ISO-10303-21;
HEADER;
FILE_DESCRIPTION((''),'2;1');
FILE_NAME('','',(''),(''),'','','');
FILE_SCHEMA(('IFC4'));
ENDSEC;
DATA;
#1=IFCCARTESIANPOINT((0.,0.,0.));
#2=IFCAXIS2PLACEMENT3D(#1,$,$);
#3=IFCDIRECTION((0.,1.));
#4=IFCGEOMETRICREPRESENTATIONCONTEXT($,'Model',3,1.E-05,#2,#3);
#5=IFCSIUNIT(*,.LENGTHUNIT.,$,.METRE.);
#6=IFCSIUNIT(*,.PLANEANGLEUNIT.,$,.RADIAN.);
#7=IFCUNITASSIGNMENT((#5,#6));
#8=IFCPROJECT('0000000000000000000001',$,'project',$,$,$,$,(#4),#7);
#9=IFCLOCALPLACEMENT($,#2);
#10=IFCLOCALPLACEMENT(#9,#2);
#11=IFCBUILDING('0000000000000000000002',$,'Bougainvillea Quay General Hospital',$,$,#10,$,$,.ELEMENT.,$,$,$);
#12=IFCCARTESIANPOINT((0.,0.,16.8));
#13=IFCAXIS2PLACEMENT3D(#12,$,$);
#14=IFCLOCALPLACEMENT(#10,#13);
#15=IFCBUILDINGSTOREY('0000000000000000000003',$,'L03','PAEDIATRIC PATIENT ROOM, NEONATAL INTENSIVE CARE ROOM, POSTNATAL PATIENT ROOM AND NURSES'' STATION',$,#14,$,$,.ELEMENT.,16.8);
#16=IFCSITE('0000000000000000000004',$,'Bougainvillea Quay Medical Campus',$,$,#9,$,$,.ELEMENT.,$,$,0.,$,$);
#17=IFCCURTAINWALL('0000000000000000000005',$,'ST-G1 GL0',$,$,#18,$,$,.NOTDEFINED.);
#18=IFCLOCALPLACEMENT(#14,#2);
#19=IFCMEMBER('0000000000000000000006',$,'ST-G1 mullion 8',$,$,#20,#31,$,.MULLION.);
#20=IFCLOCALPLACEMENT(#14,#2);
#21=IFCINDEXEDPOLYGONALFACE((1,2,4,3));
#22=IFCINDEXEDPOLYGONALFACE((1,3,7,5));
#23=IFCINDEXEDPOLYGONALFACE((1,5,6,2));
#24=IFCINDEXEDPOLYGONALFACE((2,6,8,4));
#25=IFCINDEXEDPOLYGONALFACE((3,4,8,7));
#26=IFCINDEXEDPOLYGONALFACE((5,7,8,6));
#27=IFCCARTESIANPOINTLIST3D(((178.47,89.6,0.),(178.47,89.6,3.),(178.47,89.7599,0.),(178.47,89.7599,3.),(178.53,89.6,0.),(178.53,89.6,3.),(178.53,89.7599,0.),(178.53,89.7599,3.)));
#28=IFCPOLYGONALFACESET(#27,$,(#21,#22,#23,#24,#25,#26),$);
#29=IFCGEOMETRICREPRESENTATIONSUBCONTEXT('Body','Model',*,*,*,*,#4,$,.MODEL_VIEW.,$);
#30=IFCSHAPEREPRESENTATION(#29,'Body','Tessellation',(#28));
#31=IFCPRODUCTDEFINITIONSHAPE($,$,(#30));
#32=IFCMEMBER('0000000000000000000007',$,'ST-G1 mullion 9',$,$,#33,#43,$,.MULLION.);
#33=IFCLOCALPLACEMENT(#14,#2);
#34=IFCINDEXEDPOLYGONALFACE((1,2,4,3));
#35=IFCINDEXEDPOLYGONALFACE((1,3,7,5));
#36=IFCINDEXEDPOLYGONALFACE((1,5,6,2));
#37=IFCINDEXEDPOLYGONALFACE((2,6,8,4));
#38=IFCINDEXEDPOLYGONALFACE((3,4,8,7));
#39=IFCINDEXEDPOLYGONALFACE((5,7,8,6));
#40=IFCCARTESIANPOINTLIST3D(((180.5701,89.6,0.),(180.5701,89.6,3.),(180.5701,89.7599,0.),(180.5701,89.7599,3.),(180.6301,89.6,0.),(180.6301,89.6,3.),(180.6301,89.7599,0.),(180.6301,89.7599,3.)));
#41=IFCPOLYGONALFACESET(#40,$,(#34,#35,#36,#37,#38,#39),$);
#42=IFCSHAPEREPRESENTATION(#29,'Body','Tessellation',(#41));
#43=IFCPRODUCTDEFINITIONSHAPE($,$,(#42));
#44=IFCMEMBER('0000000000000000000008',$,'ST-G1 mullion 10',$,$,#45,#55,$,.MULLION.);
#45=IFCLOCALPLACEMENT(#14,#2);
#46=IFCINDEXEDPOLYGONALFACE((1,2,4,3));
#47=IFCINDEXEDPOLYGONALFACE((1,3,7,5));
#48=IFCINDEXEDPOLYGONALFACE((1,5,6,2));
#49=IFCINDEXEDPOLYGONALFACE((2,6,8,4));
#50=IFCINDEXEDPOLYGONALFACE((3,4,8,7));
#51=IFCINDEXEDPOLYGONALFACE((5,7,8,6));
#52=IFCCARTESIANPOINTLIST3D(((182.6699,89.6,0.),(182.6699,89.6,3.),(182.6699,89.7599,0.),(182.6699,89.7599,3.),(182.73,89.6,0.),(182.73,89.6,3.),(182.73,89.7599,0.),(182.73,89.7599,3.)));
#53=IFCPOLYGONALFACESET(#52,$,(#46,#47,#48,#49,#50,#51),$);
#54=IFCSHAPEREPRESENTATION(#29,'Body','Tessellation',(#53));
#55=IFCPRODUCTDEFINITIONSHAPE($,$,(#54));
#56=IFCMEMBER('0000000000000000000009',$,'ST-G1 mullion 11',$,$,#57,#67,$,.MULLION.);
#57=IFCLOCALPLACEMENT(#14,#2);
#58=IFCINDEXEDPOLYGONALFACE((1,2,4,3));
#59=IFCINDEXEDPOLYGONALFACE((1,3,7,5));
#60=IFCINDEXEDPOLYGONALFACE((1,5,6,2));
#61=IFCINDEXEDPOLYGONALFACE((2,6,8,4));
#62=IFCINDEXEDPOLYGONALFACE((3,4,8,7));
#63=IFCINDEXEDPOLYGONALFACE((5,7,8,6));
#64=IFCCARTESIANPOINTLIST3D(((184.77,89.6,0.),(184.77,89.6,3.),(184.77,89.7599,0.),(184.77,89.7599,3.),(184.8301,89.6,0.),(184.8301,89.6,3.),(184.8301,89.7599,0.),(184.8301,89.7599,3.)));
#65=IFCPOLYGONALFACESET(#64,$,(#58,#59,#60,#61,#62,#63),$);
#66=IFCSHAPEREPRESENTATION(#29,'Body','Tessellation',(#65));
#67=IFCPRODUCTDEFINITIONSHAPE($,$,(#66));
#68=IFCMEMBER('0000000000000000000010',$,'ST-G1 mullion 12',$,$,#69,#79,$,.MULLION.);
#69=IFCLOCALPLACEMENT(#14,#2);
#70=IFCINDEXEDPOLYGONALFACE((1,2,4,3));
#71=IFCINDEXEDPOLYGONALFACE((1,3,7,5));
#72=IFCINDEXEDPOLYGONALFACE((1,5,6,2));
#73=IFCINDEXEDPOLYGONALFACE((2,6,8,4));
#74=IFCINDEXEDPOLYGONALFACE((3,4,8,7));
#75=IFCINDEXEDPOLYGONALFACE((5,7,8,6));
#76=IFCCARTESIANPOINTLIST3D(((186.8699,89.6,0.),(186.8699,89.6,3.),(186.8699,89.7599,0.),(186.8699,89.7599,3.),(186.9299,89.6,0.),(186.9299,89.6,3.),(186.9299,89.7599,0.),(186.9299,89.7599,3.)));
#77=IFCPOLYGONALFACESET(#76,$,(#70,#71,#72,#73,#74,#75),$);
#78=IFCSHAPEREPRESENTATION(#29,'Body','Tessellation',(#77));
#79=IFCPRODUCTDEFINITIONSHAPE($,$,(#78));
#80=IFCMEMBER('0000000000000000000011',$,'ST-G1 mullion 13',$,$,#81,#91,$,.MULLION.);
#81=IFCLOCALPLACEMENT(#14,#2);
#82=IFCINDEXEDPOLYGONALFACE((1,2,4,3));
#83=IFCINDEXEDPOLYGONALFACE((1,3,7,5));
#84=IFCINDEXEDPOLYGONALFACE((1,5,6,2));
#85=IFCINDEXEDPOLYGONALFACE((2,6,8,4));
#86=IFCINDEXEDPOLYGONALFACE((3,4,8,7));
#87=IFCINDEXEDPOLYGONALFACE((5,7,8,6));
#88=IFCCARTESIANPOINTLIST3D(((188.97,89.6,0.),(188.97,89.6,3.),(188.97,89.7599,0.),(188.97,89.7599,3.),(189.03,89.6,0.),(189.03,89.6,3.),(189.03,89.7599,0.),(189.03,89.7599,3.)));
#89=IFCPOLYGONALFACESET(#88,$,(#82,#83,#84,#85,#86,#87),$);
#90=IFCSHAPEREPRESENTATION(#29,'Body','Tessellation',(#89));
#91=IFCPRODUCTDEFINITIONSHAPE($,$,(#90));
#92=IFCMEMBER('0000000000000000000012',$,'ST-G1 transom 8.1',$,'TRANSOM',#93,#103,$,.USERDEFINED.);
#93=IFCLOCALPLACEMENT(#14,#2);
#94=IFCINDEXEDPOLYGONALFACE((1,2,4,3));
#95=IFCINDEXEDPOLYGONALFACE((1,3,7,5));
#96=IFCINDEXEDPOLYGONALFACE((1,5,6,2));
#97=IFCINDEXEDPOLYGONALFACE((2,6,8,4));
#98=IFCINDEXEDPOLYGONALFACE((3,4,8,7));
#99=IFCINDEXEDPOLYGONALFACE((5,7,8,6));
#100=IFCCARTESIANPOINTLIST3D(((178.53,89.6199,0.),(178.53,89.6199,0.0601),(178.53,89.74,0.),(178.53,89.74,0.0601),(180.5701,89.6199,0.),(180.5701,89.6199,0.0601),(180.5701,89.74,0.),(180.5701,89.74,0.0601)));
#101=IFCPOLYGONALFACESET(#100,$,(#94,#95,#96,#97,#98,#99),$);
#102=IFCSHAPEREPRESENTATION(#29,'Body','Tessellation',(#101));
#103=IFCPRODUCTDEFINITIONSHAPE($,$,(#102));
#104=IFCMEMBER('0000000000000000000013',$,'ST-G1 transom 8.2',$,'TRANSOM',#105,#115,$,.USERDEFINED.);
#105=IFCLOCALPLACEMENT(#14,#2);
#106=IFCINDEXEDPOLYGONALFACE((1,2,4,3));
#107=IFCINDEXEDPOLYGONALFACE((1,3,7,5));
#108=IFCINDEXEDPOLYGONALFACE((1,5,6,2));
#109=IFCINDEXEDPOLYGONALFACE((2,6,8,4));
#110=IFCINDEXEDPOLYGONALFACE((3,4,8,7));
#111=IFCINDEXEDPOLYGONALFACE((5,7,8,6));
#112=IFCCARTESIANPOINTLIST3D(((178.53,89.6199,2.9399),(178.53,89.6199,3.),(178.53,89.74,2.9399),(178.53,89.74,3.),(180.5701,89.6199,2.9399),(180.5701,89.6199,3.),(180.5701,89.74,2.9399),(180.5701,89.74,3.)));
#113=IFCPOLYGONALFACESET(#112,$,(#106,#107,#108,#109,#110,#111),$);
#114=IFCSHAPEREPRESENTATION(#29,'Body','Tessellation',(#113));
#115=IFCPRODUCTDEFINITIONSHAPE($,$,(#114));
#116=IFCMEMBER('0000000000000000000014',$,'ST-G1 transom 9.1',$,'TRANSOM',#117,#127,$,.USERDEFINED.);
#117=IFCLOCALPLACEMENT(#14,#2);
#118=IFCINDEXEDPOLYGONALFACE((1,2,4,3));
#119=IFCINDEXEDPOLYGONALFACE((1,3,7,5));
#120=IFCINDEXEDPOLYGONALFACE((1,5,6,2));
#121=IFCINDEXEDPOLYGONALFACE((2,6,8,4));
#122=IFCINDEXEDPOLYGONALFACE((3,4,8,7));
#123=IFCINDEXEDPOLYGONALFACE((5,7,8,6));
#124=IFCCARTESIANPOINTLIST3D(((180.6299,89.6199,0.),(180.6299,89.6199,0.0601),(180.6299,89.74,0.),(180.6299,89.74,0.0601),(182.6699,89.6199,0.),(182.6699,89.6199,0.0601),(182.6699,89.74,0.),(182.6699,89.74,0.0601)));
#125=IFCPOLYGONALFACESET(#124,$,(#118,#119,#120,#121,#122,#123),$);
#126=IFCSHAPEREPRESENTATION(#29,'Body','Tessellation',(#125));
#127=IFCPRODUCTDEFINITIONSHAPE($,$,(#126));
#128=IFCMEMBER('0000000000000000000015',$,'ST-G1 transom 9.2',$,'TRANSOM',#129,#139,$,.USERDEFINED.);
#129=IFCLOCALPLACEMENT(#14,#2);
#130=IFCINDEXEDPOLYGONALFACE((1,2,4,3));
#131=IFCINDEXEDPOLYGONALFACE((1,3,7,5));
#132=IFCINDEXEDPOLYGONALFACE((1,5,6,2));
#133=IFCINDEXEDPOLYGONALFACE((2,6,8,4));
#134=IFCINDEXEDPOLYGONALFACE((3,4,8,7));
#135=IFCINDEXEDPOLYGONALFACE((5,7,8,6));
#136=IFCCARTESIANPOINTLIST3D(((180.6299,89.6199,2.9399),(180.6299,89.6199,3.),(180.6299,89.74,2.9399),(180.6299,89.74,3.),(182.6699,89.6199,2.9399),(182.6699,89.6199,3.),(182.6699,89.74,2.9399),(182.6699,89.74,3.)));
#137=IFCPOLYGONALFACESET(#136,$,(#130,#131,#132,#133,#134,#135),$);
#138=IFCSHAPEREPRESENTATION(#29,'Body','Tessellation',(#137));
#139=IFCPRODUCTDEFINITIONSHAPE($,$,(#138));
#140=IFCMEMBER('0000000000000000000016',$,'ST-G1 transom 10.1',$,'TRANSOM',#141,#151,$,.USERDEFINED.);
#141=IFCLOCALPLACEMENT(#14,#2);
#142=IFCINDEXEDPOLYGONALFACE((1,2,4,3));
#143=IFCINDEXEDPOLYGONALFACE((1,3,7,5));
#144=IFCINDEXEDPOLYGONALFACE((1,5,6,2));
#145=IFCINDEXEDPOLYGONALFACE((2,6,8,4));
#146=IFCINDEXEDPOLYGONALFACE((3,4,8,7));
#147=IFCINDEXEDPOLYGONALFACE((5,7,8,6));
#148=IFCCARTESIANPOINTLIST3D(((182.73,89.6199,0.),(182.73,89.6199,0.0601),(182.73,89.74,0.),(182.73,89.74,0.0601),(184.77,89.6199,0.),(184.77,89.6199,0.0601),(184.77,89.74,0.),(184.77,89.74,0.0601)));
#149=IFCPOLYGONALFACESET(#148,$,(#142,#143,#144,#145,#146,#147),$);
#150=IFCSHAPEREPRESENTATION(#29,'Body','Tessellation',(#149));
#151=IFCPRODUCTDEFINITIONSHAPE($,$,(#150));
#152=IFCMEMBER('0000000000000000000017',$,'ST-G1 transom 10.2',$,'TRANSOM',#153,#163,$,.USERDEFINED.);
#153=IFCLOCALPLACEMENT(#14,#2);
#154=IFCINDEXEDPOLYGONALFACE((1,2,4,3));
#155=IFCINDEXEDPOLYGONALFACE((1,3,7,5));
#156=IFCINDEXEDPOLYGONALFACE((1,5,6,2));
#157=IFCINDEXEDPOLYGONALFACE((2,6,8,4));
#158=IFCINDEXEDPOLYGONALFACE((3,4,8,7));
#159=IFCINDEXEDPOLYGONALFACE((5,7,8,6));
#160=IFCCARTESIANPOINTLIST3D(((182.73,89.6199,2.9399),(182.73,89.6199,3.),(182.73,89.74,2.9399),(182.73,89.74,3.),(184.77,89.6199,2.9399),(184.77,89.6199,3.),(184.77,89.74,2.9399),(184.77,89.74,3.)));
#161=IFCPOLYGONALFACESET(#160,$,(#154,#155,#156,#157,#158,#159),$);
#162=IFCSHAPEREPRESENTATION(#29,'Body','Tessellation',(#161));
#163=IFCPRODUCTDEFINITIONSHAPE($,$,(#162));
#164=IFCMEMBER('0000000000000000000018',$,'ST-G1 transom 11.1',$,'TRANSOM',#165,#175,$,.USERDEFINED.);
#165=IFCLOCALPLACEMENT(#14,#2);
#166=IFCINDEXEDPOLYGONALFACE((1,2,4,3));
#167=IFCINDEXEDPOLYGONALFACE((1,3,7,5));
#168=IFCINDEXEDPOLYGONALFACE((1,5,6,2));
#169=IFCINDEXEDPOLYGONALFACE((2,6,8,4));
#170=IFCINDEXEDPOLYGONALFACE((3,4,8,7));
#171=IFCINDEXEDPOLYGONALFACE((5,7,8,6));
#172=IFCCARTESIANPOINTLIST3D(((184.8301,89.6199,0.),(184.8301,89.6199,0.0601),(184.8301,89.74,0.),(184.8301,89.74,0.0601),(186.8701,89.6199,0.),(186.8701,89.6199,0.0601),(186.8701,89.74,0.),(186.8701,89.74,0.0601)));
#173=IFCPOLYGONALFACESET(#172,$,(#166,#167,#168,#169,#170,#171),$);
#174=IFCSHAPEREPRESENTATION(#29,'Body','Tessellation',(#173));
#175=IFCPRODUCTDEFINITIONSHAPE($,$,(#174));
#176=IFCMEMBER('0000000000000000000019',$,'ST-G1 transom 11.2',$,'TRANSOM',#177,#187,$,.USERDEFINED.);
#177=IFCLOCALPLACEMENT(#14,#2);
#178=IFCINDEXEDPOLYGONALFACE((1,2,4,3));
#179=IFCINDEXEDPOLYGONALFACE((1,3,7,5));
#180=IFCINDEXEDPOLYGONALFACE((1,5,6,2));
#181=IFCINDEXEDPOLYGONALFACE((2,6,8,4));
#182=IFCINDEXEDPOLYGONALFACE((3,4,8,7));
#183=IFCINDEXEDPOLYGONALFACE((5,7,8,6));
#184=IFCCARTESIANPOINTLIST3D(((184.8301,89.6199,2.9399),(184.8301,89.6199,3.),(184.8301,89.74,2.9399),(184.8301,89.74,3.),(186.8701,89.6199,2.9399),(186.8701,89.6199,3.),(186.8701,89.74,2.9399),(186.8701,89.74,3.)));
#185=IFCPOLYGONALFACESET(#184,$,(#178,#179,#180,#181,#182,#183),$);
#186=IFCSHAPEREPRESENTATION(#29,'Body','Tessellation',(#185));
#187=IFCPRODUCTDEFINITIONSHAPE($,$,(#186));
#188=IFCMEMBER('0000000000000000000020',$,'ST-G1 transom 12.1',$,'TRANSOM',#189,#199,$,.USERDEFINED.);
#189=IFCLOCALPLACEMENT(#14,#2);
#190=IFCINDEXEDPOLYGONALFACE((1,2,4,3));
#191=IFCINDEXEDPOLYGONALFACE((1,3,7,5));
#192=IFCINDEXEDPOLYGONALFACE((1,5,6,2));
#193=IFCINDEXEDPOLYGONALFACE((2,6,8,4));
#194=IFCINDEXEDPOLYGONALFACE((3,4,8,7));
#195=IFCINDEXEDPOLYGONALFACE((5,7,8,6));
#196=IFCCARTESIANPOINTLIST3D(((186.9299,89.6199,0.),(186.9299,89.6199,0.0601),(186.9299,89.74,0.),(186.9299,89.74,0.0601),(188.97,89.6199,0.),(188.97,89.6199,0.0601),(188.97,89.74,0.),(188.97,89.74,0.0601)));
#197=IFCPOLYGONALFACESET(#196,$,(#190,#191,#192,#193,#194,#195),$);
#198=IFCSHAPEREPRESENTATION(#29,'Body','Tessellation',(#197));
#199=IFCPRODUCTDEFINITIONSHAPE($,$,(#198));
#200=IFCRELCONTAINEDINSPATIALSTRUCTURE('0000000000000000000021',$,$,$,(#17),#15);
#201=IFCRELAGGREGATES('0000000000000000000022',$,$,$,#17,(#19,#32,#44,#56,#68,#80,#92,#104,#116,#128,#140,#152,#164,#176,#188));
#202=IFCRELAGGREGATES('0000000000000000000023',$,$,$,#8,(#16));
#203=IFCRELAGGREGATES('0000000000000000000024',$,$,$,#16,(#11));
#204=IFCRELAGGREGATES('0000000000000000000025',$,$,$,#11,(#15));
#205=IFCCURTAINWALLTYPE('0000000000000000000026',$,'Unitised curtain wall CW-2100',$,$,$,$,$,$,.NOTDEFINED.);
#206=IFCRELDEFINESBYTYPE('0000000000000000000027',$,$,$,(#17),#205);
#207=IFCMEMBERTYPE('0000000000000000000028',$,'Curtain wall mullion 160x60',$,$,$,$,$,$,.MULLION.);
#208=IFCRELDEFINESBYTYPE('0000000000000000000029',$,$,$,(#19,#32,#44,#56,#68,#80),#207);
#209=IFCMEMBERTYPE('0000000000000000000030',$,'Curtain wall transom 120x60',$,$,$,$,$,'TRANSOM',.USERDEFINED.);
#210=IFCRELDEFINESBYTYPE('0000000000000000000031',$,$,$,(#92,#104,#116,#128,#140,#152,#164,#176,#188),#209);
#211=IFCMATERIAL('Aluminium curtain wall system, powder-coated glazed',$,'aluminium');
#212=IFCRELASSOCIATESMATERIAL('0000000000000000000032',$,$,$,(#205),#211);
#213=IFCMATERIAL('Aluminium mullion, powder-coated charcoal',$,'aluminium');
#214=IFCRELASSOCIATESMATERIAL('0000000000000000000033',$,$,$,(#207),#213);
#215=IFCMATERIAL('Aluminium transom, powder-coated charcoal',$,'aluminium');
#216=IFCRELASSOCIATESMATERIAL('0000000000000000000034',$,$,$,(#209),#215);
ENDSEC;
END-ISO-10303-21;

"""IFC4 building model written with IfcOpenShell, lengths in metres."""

from ifc_helpers import new_model, si_unit, direction, frame, origin, origin_2d, place, context, subcontext, project, spatial, rectangle, extrude, material, material_profile, profile_set, type_object, element, aggregate, save


model = new_model("IFC4")

# Units and contexts
model_context = context("Model", 3, precision=1e-05, world=origin(), true_north=direction((0.0, 1.0)))
body_context = subcontext(model_context, "Body", "Model", "MODEL_VIEW")
ifc_project = project(units=[si_unit("LENGTHUNIT", "METRE"), si_unit("PLANEANGLEUNIT", "RADIAN")], contexts=[model_context])

# Site, building, storey
site_placement = place(None, origin())
site = spatial("IfcSite", under=ifc_project, at=site_placement, Name="Bougainvillea Quay Medical Campus", CompositionType="ELEMENT", RefElevation=0.0)
building_placement = place(site_placement, origin())
building = spatial("IfcBuilding", under=site, at=building_placement, Name="Bougainvillea Quay General Hospital", CompositionType="ELEMENT")
storey_placement = place(building_placement, frame((0.0, 0.0, 16.8)))
storey = spatial("IfcBuildingStorey", under=building, at=storey_placement, Name="L03", Description="PAEDIATRIC PATIENT ROOM, NEONATAL INTENSIVE CARE ROOM, POSTNATAL PATIENT ROOM AND NURSES' STATION", CompositionType="ELEMENT", Elevation=16.8)

# Curtain wall, members
ifc_material_1 = material(Name="Aluminium curtain wall system, powder-coated glazed", Category="aluminium")
curtain_wall_type = type_object("IfcCurtainWallType", Name="Unitised curtain wall CW-2100", PredefinedType="NOTDEFINED", material=ifc_material_1)
curtain_wall_placement = place(storey_placement, origin())
curtain_wall = element("IfcCurtainWall", 1, at=curtain_wall_placement, inside=storey, type_object=curtain_wall_type, Name="ST-G1 GL0", PredefinedType="NOTDEFINED")
ifc_material_2 = material(Name="Aluminium mullion, powder-coated charcoal", Category="aluminium")
ifc_material_profile_1 = material_profile(ifc_material_2, rectangle(XDim=0.1599, YDim=0.0601, at=origin_2d()))
ifc_profile_set_1 = profile_set([ifc_material_profile_1], Name="Aluminium mullion, powder-coated charcoal")
member_type_1 = type_object("IfcMemberType", Name="Curtain wall mullion 160x60", PredefinedType="MULLION", material=ifc_profile_set_1)
member_1_placement = place(storey_placement, frame((178.5, 89.6799, 0.0), z_axis=(0.0, 0.0, 1.0), x_axis=(0.0, 1.0, 0.0)))
member_1 = element("IfcMember", 2, at=member_1_placement, type_object=member_type_1, Name="ST-G1 mullion 8", PredefinedType="MULLION", context=body_context, shape_type="SweptSolid", body=[
    extrude(rectangle(XDim=0.1599, YDim=0.0601, at=origin_2d()), origin(), (0.0, 0.0, 1.0), 3.0),
])
member_2_placement = place(storey_placement, frame((180.6001, 89.6799, 0.0), z_axis=(0.0, 0.0, 1.0), x_axis=(0.0, 1.0, 0.0)))
member_2 = element("IfcMember", 3, at=member_2_placement, type_object=member_type_1, Name="ST-G1 mullion 9", PredefinedType="MULLION", context=body_context, shape_type="SweptSolid", body=[
    extrude(rectangle(XDim=0.1599, YDim=0.0601, at=origin_2d()), origin(), (0.0, 0.0, 1.0), 3.0),
])
member_3_placement = place(storey_placement, frame((182.7, 89.6799, 0.0), z_axis=(0.0, 0.0, 1.0), x_axis=(0.0, 1.0, 0.0)))
member_3 = element("IfcMember", 4, at=member_3_placement, type_object=member_type_1, Name="ST-G1 mullion 10", PredefinedType="MULLION", context=body_context, shape_type="SweptSolid", body=[
    extrude(rectangle(XDim=0.1599, YDim=0.0601, at=origin_2d()), origin(), (0.0, 0.0, 1.0), 3.0),
])
member_4_placement = place(storey_placement, frame((184.8, 89.6799, 0.0), z_axis=(0.0, 0.0, 1.0), x_axis=(0.0, 1.0, 0.0)))
member_4 = element("IfcMember", 5, at=member_4_placement, type_object=member_type_1, Name="ST-G1 mullion 11", PredefinedType="MULLION", context=body_context, shape_type="SweptSolid", body=[
    extrude(rectangle(XDim=0.1599, YDim=0.0601, at=origin_2d()), origin(), (0.0, 0.0, 1.0), 3.0),
])
member_5_placement = place(storey_placement, frame((186.8999, 89.6799, 0.0), z_axis=(0.0, 0.0, 1.0), x_axis=(0.0, 1.0, 0.0)))
member_5 = element("IfcMember", 6, at=member_5_placement, type_object=member_type_1, Name="ST-G1 mullion 12", PredefinedType="MULLION", context=body_context, shape_type="SweptSolid", body=[
    extrude(rectangle(XDim=0.1599, YDim=0.0601, at=origin_2d()), origin(), (0.0, 0.0, 1.0), 3.0),
])
member_6_placement = place(storey_placement, frame((189.0, 89.6799, 0.0), z_axis=(0.0, 0.0, 1.0), x_axis=(0.0, 1.0, 0.0)))
member_6 = element("IfcMember", 7, at=member_6_placement, type_object=member_type_1, Name="ST-G1 mullion 13", PredefinedType="MULLION", context=body_context, shape_type="SweptSolid", body=[
    extrude(rectangle(XDim=0.1599, YDim=0.0601, at=origin_2d()), origin(), (0.0, 0.0, 1.0), 3.0),
])
ifc_material_3 = material(Name="Aluminium transom, powder-coated charcoal", Category="aluminium")
ifc_material_profile_2 = material_profile(ifc_material_3, rectangle(XDim=0.1201, YDim=0.0601, at=origin_2d()))
ifc_profile_set_2 = profile_set([ifc_material_profile_2], Name="Aluminium transom, powder-coated charcoal")
member_type_2 = type_object("IfcMemberType", Name="Curtain wall transom 120x60", ElementType="TRANSOM", PredefinedType="USERDEFINED", material=ifc_profile_set_2)
member_7_placement = place(storey_placement, frame((178.53, 89.6799, 0.03), z_axis=(1.0, 0.0, 0.0), x_axis=(0.0, 1.0, 0.0)))
member_7 = element("IfcMember", 8, at=member_7_placement, type_object=member_type_2, Name="ST-G1 transom 8.1", ObjectType="TRANSOM", PredefinedType="USERDEFINED", context=body_context, shape_type="SweptSolid", body=[
    extrude(rectangle(XDim=0.1201, YDim=0.0601, at=origin_2d()), origin(), (0.0, 0.0, 1.0), 2.04),
])
member_8_placement = place(storey_placement, frame((178.53, 89.6799, 2.97), z_axis=(1.0, 0.0, 0.0), x_axis=(0.0, 1.0, 0.0)))
member_8 = element("IfcMember", 9, at=member_8_placement, type_object=member_type_2, Name="ST-G1 transom 8.2", ObjectType="TRANSOM", PredefinedType="USERDEFINED", context=body_context, shape_type="SweptSolid", body=[
    extrude(rectangle(XDim=0.1201, YDim=0.0601, at=origin_2d()), origin(), (0.0, 0.0, 1.0), 2.04),
])
member_9_placement = place(storey_placement, frame((180.6299, 89.6799, 0.03), z_axis=(1.0, 0.0, 0.0), x_axis=(0.0, 1.0, 0.0)))
member_9 = element("IfcMember", 10, at=member_9_placement, type_object=member_type_2, Name="ST-G1 transom 9.1", ObjectType="TRANSOM", PredefinedType="USERDEFINED", context=body_context, shape_type="SweptSolid", body=[
    extrude(rectangle(XDim=0.1201, YDim=0.0601, at=origin_2d()), origin(), (0.0, 0.0, 1.0), 2.04),
])
member_10_placement = place(storey_placement, frame((180.6299, 89.6799, 2.97), z_axis=(1.0, 0.0, 0.0), x_axis=(0.0, 1.0, 0.0)))
member_10 = element("IfcMember", 11, at=member_10_placement, type_object=member_type_2, Name="ST-G1 transom 9.2", ObjectType="TRANSOM", PredefinedType="USERDEFINED", context=body_context, shape_type="SweptSolid", body=[
    extrude(rectangle(XDim=0.1201, YDim=0.0601, at=origin_2d()), origin(), (0.0, 0.0, 1.0), 2.04),
])
member_11_placement = place(storey_placement, frame((182.73, 89.6799, 0.03), z_axis=(1.0, 0.0, 0.0), x_axis=(0.0, 1.0, 0.0)))
member_11 = element("IfcMember", 12, at=member_11_placement, type_object=member_type_2, Name="ST-G1 transom 10.1", ObjectType="TRANSOM", PredefinedType="USERDEFINED", context=body_context, shape_type="SweptSolid", body=[
    extrude(rectangle(XDim=0.1201, YDim=0.0601, at=origin_2d()), origin(), (0.0, 0.0, 1.0), 2.04),
])
member_12_placement = place(storey_placement, frame((182.73, 89.6799, 2.97), z_axis=(1.0, 0.0, 0.0), x_axis=(0.0, 1.0, 0.0)))
member_12 = element("IfcMember", 13, at=member_12_placement, type_object=member_type_2, Name="ST-G1 transom 10.2", ObjectType="TRANSOM", PredefinedType="USERDEFINED", context=body_context, shape_type="SweptSolid", body=[
    extrude(rectangle(XDim=0.1201, YDim=0.0601, at=origin_2d()), origin(), (0.0, 0.0, 1.0), 2.04),
])
member_13_placement = place(storey_placement, frame((184.8301, 89.6799, 0.03), z_axis=(1.0, 0.0, 0.0), x_axis=(0.0, 1.0, 0.0)))
member_13 = element("IfcMember", 14, at=member_13_placement, type_object=member_type_2, Name="ST-G1 transom 11.1", ObjectType="TRANSOM", PredefinedType="USERDEFINED", context=body_context, shape_type="SweptSolid", body=[
    extrude(rectangle(XDim=0.1201, YDim=0.0601, at=origin_2d()), origin(), (0.0, 0.0, 1.0), 2.04),
])
member_14_placement = place(storey_placement, frame((184.8301, 89.6799, 2.97), z_axis=(1.0, 0.0, 0.0), x_axis=(0.0, 1.0, 0.0)))
member_14 = element("IfcMember", 15, at=member_14_placement, type_object=member_type_2, Name="ST-G1 transom 11.2", ObjectType="TRANSOM", PredefinedType="USERDEFINED", context=body_context, shape_type="SweptSolid", body=[
    extrude(rectangle(XDim=0.1201, YDim=0.0601, at=origin_2d()), origin(), (0.0, 0.0, 1.0), 2.04),
])
member_15_placement = place(storey_placement, frame((186.9299, 89.6799, 0.03), z_axis=(1.0, 0.0, 0.0), x_axis=(0.0, 1.0, 0.0)))
member_15 = element("IfcMember", 16, at=member_15_placement, type_object=member_type_2, Name="ST-G1 transom 12.1", ObjectType="TRANSOM", PredefinedType="USERDEFINED", context=body_context, shape_type="SweptSolid", body=[
    extrude(rectangle(XDim=0.1201, YDim=0.0601, at=origin_2d()), origin(), (0.0, 0.0, 1.0), 2.04),
])
aggregate(curtain_wall, [member_1, member_2, member_3, member_4, member_5, member_6, member_7, member_8, member_9, member_10, member_11, member_12, member_13, member_14, member_15])

save(model, "model.ifc")
